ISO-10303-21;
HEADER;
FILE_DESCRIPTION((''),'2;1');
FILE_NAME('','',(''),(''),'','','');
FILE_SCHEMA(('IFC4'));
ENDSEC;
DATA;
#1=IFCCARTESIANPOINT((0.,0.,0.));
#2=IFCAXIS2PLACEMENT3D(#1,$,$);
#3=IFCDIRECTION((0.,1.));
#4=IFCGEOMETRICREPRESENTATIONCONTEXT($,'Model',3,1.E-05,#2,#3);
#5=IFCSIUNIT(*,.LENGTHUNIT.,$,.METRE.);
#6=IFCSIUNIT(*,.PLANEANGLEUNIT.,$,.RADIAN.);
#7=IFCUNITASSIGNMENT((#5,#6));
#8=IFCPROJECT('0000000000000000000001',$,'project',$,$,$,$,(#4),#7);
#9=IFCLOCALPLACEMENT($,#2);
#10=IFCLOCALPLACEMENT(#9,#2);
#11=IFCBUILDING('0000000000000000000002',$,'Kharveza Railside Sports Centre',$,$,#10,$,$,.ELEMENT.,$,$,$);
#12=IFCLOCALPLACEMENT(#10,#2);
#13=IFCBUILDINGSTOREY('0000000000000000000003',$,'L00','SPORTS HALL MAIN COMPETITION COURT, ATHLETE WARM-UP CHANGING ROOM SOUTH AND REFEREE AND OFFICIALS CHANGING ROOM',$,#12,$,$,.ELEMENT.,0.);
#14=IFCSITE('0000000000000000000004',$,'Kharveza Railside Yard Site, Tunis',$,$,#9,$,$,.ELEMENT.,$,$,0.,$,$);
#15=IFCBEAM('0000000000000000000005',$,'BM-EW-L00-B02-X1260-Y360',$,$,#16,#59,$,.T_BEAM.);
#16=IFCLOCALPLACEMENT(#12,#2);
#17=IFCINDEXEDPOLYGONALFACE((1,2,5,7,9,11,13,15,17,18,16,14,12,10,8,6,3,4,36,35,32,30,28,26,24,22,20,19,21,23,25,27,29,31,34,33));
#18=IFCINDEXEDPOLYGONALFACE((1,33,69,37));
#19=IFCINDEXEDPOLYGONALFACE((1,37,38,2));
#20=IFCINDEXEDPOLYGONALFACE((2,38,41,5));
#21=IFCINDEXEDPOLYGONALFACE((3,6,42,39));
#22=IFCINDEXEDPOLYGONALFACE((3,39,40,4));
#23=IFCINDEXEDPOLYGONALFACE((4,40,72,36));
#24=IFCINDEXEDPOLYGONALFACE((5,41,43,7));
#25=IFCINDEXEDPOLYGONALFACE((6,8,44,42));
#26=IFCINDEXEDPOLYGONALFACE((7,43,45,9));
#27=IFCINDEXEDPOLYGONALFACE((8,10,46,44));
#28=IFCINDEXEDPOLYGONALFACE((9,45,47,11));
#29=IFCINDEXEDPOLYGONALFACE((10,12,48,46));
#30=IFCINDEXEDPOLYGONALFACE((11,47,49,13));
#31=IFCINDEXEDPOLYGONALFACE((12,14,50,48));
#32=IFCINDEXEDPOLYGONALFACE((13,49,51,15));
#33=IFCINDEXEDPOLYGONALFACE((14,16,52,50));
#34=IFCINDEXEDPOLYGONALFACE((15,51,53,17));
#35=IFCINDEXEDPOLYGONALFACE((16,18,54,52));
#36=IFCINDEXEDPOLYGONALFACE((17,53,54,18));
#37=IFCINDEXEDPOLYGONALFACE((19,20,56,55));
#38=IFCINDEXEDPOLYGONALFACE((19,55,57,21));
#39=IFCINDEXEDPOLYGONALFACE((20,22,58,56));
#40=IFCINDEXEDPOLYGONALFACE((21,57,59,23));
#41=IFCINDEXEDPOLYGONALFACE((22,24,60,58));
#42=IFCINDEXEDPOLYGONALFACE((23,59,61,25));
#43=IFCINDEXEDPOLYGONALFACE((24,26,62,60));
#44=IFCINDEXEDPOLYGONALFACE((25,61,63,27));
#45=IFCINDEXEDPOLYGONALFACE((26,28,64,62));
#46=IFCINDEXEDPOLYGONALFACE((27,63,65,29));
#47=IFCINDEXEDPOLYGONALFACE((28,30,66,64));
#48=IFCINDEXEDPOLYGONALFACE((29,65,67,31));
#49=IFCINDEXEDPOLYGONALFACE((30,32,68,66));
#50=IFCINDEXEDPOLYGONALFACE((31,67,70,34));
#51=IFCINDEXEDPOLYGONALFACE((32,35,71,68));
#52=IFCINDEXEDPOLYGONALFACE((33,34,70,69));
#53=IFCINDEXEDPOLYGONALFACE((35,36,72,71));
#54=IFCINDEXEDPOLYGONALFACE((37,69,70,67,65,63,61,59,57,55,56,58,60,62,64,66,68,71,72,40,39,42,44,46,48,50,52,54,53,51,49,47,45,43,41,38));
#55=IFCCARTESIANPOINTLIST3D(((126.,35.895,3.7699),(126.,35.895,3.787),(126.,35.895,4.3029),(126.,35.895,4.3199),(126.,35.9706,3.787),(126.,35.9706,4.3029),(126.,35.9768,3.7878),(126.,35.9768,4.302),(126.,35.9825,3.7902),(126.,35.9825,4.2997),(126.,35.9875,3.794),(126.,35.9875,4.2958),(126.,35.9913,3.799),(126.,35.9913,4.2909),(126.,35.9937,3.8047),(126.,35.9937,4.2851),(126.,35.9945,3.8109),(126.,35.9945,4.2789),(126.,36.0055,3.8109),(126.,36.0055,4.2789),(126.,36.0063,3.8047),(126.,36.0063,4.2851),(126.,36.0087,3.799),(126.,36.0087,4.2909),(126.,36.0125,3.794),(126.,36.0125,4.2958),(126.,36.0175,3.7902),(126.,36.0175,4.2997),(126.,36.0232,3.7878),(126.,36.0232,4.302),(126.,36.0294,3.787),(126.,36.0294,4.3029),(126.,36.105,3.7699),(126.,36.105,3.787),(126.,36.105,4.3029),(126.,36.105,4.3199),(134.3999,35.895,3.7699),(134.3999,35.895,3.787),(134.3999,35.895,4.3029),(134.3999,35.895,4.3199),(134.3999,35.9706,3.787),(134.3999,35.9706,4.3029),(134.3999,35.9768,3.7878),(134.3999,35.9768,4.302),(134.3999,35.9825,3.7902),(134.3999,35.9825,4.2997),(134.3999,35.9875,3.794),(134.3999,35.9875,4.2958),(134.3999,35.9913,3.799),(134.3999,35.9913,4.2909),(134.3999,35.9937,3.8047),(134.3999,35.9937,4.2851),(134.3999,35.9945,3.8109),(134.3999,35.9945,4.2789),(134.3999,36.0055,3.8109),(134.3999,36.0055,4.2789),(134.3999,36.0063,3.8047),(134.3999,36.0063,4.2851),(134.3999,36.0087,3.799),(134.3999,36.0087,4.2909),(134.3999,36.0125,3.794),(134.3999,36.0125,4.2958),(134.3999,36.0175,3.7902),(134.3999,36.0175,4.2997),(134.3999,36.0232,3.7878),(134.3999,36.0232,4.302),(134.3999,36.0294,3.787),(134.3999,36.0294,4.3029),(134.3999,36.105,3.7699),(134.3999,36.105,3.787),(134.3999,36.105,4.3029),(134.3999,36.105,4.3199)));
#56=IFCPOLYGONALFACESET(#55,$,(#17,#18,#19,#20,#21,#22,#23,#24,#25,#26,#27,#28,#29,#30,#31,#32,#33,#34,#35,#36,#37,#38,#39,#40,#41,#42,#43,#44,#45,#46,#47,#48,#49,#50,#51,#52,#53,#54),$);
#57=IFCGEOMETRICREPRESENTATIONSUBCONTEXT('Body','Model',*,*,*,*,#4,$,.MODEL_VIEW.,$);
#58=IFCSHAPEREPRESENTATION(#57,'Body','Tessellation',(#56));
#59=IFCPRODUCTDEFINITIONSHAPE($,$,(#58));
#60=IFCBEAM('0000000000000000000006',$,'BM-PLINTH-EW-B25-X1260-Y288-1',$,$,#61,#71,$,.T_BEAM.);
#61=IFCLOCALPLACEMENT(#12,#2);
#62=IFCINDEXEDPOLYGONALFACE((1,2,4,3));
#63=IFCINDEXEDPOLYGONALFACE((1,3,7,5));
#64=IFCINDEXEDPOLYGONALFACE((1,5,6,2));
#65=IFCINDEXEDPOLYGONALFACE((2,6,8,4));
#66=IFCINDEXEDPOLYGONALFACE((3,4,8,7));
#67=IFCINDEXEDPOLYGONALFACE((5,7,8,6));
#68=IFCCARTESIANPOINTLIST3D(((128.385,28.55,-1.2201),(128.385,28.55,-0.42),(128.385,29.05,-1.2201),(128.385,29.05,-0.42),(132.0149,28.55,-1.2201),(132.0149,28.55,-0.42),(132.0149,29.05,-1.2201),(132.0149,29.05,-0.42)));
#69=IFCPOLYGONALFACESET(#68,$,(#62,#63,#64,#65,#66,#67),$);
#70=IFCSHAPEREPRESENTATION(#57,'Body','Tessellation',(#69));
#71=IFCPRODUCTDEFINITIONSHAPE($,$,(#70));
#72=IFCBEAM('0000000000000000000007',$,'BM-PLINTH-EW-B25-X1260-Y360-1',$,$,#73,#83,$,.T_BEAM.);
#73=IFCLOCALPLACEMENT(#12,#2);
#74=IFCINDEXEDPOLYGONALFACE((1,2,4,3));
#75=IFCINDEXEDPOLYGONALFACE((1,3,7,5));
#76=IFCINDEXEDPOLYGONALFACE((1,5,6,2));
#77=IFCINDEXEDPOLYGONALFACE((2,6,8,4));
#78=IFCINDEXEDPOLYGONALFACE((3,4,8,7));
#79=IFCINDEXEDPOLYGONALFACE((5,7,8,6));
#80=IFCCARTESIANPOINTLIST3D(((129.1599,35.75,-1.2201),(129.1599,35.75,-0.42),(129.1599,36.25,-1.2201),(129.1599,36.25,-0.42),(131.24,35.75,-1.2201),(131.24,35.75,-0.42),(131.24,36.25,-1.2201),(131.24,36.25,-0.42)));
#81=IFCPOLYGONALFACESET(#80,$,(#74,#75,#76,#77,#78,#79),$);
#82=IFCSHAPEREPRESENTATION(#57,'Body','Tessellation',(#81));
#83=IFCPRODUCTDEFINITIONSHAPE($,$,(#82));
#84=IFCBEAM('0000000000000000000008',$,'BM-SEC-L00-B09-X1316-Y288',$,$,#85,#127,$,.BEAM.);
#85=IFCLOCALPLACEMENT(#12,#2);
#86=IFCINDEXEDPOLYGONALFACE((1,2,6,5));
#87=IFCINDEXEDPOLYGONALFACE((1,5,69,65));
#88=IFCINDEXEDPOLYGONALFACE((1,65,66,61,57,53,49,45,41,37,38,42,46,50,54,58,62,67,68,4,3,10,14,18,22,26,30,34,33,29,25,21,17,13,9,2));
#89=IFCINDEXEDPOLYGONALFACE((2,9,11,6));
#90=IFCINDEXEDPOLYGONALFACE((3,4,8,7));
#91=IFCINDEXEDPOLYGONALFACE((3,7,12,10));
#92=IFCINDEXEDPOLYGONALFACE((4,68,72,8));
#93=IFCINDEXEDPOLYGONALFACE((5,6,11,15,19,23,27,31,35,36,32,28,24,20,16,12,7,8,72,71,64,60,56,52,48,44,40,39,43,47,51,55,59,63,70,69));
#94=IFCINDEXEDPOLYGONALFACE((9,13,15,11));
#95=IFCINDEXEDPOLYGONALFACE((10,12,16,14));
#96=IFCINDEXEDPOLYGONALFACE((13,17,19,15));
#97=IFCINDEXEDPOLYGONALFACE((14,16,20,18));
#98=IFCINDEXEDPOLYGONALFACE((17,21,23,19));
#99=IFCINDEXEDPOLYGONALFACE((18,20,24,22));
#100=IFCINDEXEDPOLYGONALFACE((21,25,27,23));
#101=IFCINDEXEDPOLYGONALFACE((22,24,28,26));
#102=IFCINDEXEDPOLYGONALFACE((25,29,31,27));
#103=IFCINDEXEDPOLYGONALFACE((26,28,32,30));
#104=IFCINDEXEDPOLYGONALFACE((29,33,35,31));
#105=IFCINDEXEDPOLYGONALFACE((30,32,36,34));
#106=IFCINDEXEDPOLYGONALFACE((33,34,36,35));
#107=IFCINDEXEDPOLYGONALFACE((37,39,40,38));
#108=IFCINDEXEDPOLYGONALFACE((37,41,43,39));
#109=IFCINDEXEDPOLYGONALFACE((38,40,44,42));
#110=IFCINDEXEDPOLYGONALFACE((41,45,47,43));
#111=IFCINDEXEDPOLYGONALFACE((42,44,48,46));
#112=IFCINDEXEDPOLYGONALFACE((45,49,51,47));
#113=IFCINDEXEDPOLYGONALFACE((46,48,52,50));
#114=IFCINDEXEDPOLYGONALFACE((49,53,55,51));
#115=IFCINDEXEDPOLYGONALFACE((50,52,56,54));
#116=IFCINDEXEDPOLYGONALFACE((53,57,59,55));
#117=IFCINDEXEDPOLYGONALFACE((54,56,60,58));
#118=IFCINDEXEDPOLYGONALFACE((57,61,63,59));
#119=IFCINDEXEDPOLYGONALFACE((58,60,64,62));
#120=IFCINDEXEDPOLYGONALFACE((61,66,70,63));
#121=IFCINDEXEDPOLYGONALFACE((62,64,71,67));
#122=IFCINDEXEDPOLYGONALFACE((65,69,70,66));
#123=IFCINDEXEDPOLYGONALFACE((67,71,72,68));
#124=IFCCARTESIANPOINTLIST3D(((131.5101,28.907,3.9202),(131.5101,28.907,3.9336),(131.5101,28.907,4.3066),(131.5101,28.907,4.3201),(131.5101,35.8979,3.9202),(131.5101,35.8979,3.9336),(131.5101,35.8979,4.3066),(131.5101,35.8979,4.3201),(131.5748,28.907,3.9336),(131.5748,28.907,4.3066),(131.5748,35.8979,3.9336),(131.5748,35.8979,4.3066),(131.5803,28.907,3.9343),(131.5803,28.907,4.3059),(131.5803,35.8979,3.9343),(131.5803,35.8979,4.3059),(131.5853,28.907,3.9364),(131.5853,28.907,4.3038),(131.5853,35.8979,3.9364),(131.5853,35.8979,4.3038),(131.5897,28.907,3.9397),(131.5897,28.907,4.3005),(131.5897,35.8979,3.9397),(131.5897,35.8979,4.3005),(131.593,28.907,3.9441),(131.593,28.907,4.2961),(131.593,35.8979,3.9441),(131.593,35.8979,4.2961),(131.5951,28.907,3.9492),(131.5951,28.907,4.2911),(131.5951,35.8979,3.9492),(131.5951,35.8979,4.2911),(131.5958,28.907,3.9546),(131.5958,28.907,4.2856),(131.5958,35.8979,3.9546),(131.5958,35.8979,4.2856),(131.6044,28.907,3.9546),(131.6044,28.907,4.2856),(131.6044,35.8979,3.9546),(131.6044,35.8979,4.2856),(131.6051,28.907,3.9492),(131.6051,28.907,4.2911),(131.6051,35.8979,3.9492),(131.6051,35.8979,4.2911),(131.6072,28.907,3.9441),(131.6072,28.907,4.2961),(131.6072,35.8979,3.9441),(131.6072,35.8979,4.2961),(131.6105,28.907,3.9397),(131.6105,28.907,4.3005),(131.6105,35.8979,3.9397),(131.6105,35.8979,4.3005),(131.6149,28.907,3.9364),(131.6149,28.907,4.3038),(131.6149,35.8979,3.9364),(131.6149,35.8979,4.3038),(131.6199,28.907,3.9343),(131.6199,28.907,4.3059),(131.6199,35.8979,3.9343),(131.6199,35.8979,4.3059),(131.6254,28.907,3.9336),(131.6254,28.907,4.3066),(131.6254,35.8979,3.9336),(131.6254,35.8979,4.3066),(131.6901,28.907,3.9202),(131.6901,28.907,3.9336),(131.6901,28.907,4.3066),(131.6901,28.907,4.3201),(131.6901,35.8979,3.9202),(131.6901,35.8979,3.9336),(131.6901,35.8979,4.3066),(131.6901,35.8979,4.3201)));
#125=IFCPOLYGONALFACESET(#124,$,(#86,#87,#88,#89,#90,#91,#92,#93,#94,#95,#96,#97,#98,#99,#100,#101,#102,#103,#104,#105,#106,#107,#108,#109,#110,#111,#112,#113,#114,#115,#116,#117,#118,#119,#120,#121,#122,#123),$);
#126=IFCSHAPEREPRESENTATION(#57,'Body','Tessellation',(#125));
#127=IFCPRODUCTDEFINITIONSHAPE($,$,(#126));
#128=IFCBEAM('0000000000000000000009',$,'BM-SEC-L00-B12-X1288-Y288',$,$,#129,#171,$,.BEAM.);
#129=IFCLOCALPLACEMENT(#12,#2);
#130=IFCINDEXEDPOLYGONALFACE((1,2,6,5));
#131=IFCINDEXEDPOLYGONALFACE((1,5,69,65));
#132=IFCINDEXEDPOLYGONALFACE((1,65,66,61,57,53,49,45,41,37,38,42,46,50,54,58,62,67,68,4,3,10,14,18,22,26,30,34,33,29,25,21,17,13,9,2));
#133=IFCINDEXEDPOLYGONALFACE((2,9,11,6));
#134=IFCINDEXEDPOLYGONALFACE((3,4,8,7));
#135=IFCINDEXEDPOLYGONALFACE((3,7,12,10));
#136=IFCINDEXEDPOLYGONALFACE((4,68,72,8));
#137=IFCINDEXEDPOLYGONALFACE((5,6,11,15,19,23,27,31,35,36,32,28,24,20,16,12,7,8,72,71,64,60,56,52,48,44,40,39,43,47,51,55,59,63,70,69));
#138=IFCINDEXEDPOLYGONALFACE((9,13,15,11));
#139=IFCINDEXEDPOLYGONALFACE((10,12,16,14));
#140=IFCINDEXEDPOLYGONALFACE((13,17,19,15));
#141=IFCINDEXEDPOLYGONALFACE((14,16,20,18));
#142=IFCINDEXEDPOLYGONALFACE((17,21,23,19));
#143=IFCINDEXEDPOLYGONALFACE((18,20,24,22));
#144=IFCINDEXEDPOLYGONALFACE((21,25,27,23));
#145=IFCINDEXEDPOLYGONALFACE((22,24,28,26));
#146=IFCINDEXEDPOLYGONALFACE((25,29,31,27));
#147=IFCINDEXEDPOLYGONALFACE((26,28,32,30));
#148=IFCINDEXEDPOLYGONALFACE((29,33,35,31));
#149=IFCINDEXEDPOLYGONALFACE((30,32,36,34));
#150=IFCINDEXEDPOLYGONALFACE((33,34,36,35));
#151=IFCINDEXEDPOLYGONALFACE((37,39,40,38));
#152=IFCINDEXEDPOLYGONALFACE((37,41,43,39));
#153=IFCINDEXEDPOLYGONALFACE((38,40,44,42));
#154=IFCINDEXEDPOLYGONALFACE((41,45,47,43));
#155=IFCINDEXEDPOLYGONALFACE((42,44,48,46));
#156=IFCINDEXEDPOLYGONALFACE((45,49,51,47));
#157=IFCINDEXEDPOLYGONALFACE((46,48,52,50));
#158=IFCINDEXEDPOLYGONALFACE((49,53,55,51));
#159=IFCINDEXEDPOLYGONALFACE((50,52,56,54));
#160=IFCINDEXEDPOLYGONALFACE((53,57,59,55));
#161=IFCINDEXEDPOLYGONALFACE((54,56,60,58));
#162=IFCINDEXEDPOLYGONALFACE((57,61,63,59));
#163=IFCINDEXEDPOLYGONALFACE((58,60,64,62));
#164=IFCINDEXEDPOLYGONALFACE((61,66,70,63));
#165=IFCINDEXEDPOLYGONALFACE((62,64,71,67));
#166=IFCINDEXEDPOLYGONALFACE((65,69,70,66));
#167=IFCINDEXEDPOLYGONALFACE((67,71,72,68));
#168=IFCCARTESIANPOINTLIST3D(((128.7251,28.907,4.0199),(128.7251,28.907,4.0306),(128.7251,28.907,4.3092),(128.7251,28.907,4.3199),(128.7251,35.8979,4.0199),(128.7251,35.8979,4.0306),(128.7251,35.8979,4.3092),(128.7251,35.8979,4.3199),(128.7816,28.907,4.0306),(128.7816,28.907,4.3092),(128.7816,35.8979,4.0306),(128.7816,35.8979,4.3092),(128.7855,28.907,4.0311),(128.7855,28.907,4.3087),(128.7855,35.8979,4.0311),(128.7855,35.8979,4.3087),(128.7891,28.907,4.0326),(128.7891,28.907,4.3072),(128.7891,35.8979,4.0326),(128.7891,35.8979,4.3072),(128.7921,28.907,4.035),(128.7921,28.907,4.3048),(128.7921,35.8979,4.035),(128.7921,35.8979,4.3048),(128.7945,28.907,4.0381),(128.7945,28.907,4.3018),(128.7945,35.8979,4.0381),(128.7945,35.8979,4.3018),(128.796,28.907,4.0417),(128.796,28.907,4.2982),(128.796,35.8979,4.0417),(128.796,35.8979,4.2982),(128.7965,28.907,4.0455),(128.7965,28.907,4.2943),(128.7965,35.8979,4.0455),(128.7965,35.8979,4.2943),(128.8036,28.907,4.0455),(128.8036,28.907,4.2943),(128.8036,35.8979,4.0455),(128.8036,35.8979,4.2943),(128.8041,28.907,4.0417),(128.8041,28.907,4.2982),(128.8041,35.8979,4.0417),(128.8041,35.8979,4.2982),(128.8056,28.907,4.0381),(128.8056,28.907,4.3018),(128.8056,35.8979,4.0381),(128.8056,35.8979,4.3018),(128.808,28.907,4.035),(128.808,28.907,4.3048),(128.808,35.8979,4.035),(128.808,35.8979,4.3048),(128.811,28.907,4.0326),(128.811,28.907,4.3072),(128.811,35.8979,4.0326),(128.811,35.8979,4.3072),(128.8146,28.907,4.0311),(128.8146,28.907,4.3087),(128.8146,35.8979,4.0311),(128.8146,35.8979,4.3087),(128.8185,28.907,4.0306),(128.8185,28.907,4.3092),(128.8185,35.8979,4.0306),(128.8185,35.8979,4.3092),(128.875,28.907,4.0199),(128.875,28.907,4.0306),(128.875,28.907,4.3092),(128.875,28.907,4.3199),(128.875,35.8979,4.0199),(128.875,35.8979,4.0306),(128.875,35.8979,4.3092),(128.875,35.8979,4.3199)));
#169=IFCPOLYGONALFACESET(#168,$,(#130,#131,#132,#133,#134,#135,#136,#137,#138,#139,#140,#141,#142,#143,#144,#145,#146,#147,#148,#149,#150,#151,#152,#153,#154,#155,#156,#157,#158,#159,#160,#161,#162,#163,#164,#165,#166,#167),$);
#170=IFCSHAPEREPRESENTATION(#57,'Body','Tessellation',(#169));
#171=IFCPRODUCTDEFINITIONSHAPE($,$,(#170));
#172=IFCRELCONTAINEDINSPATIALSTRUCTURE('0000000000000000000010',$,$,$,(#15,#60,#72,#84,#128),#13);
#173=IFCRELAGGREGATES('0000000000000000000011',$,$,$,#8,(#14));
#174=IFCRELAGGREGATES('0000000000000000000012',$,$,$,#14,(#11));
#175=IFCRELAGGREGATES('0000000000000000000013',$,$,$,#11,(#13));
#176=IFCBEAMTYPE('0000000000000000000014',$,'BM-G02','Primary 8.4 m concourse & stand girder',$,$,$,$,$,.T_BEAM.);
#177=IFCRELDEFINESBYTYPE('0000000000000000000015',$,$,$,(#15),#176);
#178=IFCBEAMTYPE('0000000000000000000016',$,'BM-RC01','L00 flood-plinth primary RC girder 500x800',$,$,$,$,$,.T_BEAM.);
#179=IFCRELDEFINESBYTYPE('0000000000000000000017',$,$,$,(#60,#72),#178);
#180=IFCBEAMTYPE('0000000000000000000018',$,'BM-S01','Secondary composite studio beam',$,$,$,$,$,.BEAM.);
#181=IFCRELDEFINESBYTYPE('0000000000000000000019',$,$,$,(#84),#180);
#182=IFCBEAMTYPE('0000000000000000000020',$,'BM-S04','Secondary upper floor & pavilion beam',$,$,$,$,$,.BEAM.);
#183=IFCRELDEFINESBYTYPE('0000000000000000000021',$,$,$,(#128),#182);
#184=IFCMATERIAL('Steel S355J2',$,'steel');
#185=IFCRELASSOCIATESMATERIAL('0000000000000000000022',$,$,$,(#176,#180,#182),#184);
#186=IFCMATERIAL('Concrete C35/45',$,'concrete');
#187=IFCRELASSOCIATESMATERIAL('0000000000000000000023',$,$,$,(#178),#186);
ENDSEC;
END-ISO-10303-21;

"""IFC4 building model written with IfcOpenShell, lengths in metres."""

from ifc_helpers import new_model, si_unit, direction, frame, origin, origin_2d, place, context, subcontext, project, spatial, rectangle, i_section, extrude, material, material_profile, profile_set, type_object, element, save


model = new_model("IFC4")

# Units and contexts
model_context = context("Model", 3, precision=1e-05, world=origin(), true_north=direction((0.0, 1.0)))
body_context = subcontext(model_context, "Body", "Model", "MODEL_VIEW")
ifc_project = project(units=[si_unit("LENGTHUNIT", "METRE"), si_unit("PLANEANGLEUNIT", "RADIAN")], contexts=[model_context])

# Site, building, storey
site_placement = place(None, origin())
site = spatial("IfcSite", under=ifc_project, at=site_placement, Name="Kharveza Railside Yard Site, Tunis", CompositionType="ELEMENT", RefElevation=0.0)
building_placement = place(site_placement, origin())
building = spatial("IfcBuilding", under=site, at=building_placement, Name="Kharveza Railside Sports Centre", CompositionType="ELEMENT")
storey_placement = place(building_placement, origin())
storey = spatial("IfcBuildingStorey", under=building, at=storey_placement, Name="L00", Description="SPORTS HALL MAIN COMPETITION COURT, ATHLETE WARM-UP CHANGING ROOM SOUTH AND REFEREE AND OFFICIALS CHANGING ROOM", CompositionType="ELEMENT", Elevation=0.0)

# Shared definitions
ifc_material_1 = material(Name="Concrete C35/45", Category="concrete")

# Shared definitions
ifc_material_2 = material(Name="Steel S355J2", Category="steel")

# Beams
ifc_material_profile_1 = material_profile(ifc_material_2, i_section(OverallWidth=0.21, OverallDepth=0.55, WebThickness=0.011, FlangeThickness=0.0171, FilletRadius=0.0239, at=origin_2d()), Name="IPE 550")
ifc_profile_set_1 = profile_set([ifc_material_profile_1], Name="Steel S355J2")
beam_type_1 = type_object("IfcBeamType", Name="BM-G02", Description="Primary 8.4 m concourse & stand girder", PredefinedType="T_BEAM", material=ifc_profile_set_1)
beam_1_placement = place(storey_placement, frame((126.0, 36.0, 4.0449), z_axis=(1.0, 0.0, 0.0), x_axis=(0.0, 1.0, 0.0)))
element("IfcBeam", 1, at=beam_1_placement, inside=storey, type_object=beam_type_1, Name="BM-EW-L00-B02-X1260-Y360", PredefinedType="T_BEAM", context=body_context, shape_type="SweptSolid", body=[
    extrude(i_section(OverallWidth=0.21, OverallDepth=0.55, WebThickness=0.011, FlangeThickness=0.0171, FilletRadius=0.0239, at=origin_2d()), origin(), (0.0, 0.0, 1.0), 8.3999),
])
ifc_material_profile_2 = material_profile(ifc_material_1, rectangle(XDim=0.5, YDim=0.8, at=origin_2d()), Name="RCB 500x800")
ifc_profile_set_2 = profile_set([ifc_material_profile_2], Name="Concrete C35/45")
beam_type_2 = type_object("IfcBeamType", Name="BM-RC01", Description="L00 flood-plinth primary RC girder 500x800", PredefinedType="T_BEAM", material=ifc_profile_set_2)
beam_2_placement = place(storey_placement, frame((128.385, 28.8, -0.8201), z_axis=(1.0, 0.0, 0.0), x_axis=(0.0, 1.0, 0.0)))
element("IfcBeam", 2, at=beam_2_placement, inside=storey, type_object=beam_type_2, Name="BM-PLINTH-EW-B25-X1260-Y288-1", PredefinedType="T_BEAM", context=body_context, shape_type="SweptSolid", body=[
    extrude(rectangle(XDim=0.5, YDim=0.8, at=origin_2d()), origin(), (0.0, 0.0, 1.0), 3.6299),
])
beam_3_placement = place(storey_placement, frame((129.1599, 36.0, -0.8201), z_axis=(1.0, 0.0, 0.0), x_axis=(0.0, 1.0, 0.0)))
element("IfcBeam", 3, at=beam_3_placement, inside=storey, type_object=beam_type_2, Name="BM-PLINTH-EW-B25-X1260-Y360-1", PredefinedType="T_BEAM", context=body_context, shape_type="SweptSolid", body=[
    extrude(rectangle(XDim=0.5, YDim=0.8, at=origin_2d()), origin(), (0.0, 0.0, 1.0), 2.0801),
])
ifc_material_profile_3 = material_profile(ifc_material_2, i_section(OverallWidth=0.1799, OverallDepth=0.3999, WebThickness=0.0085, FlangeThickness=0.0134, FilletRadius=0.021, at=origin_2d()), Name="IPE 400")
ifc_profile_set_3 = profile_set([ifc_material_profile_3], Name="Steel S355J2")
beam_type_3 = type_object("IfcBeamType", Name="BM-S01", Description="Secondary composite studio beam", PredefinedType="BEAM", material=ifc_profile_set_3)
beam_4_placement = place(storey_placement, frame((131.6001, 28.907, 4.1201), z_axis=(0.0, 1.0, 0.0), x_axis=(-1.0, 0.0, 0.0)))
element("IfcBeam", 4, at=beam_4_placement, inside=storey, type_object=beam_type_3, Name="BM-SEC-L00-B09-X1316-Y288", PredefinedType="BEAM", context=body_context, shape_type="SweptSolid", body=[
    extrude(i_section(OverallWidth=0.1799, OverallDepth=0.3999, WebThickness=0.0085, FlangeThickness=0.0134, FilletRadius=0.021, at=origin_2d()), origin(), (0.0, 0.0, 1.0), 6.991),
])
ifc_material_profile_4 = material_profile(ifc_material_2, i_section(OverallWidth=0.1499, OverallDepth=0.3, WebThickness=0.0071, FlangeThickness=0.0107, FilletRadius=0.0149, at=origin_2d()), Name="IPE 300")
ifc_profile_set_4 = profile_set([ifc_material_profile_4], Name="Steel S355J2")
beam_type_4 = type_object("IfcBeamType", Name="BM-S04", Description="Secondary upper floor & pavilion beam", PredefinedType="BEAM", material=ifc_profile_set_4)
beam_5_placement = place(storey_placement, frame((128.8, 28.907, 4.1699), z_axis=(0.0, 1.0, 0.0), x_axis=(-1.0, 0.0, 0.0)))
element("IfcBeam", 5, at=beam_5_placement, inside=storey, type_object=beam_type_4, Name="BM-SEC-L00-B12-X1288-Y288", PredefinedType="BEAM", context=body_context, shape_type="SweptSolid", body=[
    extrude(i_section(OverallWidth=0.1499, OverallDepth=0.3, WebThickness=0.0071, FlangeThickness=0.0107, FilletRadius=0.0149, at=origin_2d()), origin(), (0.0, 0.0, 1.0), 6.991),
])

save(model, "model.ifc")
